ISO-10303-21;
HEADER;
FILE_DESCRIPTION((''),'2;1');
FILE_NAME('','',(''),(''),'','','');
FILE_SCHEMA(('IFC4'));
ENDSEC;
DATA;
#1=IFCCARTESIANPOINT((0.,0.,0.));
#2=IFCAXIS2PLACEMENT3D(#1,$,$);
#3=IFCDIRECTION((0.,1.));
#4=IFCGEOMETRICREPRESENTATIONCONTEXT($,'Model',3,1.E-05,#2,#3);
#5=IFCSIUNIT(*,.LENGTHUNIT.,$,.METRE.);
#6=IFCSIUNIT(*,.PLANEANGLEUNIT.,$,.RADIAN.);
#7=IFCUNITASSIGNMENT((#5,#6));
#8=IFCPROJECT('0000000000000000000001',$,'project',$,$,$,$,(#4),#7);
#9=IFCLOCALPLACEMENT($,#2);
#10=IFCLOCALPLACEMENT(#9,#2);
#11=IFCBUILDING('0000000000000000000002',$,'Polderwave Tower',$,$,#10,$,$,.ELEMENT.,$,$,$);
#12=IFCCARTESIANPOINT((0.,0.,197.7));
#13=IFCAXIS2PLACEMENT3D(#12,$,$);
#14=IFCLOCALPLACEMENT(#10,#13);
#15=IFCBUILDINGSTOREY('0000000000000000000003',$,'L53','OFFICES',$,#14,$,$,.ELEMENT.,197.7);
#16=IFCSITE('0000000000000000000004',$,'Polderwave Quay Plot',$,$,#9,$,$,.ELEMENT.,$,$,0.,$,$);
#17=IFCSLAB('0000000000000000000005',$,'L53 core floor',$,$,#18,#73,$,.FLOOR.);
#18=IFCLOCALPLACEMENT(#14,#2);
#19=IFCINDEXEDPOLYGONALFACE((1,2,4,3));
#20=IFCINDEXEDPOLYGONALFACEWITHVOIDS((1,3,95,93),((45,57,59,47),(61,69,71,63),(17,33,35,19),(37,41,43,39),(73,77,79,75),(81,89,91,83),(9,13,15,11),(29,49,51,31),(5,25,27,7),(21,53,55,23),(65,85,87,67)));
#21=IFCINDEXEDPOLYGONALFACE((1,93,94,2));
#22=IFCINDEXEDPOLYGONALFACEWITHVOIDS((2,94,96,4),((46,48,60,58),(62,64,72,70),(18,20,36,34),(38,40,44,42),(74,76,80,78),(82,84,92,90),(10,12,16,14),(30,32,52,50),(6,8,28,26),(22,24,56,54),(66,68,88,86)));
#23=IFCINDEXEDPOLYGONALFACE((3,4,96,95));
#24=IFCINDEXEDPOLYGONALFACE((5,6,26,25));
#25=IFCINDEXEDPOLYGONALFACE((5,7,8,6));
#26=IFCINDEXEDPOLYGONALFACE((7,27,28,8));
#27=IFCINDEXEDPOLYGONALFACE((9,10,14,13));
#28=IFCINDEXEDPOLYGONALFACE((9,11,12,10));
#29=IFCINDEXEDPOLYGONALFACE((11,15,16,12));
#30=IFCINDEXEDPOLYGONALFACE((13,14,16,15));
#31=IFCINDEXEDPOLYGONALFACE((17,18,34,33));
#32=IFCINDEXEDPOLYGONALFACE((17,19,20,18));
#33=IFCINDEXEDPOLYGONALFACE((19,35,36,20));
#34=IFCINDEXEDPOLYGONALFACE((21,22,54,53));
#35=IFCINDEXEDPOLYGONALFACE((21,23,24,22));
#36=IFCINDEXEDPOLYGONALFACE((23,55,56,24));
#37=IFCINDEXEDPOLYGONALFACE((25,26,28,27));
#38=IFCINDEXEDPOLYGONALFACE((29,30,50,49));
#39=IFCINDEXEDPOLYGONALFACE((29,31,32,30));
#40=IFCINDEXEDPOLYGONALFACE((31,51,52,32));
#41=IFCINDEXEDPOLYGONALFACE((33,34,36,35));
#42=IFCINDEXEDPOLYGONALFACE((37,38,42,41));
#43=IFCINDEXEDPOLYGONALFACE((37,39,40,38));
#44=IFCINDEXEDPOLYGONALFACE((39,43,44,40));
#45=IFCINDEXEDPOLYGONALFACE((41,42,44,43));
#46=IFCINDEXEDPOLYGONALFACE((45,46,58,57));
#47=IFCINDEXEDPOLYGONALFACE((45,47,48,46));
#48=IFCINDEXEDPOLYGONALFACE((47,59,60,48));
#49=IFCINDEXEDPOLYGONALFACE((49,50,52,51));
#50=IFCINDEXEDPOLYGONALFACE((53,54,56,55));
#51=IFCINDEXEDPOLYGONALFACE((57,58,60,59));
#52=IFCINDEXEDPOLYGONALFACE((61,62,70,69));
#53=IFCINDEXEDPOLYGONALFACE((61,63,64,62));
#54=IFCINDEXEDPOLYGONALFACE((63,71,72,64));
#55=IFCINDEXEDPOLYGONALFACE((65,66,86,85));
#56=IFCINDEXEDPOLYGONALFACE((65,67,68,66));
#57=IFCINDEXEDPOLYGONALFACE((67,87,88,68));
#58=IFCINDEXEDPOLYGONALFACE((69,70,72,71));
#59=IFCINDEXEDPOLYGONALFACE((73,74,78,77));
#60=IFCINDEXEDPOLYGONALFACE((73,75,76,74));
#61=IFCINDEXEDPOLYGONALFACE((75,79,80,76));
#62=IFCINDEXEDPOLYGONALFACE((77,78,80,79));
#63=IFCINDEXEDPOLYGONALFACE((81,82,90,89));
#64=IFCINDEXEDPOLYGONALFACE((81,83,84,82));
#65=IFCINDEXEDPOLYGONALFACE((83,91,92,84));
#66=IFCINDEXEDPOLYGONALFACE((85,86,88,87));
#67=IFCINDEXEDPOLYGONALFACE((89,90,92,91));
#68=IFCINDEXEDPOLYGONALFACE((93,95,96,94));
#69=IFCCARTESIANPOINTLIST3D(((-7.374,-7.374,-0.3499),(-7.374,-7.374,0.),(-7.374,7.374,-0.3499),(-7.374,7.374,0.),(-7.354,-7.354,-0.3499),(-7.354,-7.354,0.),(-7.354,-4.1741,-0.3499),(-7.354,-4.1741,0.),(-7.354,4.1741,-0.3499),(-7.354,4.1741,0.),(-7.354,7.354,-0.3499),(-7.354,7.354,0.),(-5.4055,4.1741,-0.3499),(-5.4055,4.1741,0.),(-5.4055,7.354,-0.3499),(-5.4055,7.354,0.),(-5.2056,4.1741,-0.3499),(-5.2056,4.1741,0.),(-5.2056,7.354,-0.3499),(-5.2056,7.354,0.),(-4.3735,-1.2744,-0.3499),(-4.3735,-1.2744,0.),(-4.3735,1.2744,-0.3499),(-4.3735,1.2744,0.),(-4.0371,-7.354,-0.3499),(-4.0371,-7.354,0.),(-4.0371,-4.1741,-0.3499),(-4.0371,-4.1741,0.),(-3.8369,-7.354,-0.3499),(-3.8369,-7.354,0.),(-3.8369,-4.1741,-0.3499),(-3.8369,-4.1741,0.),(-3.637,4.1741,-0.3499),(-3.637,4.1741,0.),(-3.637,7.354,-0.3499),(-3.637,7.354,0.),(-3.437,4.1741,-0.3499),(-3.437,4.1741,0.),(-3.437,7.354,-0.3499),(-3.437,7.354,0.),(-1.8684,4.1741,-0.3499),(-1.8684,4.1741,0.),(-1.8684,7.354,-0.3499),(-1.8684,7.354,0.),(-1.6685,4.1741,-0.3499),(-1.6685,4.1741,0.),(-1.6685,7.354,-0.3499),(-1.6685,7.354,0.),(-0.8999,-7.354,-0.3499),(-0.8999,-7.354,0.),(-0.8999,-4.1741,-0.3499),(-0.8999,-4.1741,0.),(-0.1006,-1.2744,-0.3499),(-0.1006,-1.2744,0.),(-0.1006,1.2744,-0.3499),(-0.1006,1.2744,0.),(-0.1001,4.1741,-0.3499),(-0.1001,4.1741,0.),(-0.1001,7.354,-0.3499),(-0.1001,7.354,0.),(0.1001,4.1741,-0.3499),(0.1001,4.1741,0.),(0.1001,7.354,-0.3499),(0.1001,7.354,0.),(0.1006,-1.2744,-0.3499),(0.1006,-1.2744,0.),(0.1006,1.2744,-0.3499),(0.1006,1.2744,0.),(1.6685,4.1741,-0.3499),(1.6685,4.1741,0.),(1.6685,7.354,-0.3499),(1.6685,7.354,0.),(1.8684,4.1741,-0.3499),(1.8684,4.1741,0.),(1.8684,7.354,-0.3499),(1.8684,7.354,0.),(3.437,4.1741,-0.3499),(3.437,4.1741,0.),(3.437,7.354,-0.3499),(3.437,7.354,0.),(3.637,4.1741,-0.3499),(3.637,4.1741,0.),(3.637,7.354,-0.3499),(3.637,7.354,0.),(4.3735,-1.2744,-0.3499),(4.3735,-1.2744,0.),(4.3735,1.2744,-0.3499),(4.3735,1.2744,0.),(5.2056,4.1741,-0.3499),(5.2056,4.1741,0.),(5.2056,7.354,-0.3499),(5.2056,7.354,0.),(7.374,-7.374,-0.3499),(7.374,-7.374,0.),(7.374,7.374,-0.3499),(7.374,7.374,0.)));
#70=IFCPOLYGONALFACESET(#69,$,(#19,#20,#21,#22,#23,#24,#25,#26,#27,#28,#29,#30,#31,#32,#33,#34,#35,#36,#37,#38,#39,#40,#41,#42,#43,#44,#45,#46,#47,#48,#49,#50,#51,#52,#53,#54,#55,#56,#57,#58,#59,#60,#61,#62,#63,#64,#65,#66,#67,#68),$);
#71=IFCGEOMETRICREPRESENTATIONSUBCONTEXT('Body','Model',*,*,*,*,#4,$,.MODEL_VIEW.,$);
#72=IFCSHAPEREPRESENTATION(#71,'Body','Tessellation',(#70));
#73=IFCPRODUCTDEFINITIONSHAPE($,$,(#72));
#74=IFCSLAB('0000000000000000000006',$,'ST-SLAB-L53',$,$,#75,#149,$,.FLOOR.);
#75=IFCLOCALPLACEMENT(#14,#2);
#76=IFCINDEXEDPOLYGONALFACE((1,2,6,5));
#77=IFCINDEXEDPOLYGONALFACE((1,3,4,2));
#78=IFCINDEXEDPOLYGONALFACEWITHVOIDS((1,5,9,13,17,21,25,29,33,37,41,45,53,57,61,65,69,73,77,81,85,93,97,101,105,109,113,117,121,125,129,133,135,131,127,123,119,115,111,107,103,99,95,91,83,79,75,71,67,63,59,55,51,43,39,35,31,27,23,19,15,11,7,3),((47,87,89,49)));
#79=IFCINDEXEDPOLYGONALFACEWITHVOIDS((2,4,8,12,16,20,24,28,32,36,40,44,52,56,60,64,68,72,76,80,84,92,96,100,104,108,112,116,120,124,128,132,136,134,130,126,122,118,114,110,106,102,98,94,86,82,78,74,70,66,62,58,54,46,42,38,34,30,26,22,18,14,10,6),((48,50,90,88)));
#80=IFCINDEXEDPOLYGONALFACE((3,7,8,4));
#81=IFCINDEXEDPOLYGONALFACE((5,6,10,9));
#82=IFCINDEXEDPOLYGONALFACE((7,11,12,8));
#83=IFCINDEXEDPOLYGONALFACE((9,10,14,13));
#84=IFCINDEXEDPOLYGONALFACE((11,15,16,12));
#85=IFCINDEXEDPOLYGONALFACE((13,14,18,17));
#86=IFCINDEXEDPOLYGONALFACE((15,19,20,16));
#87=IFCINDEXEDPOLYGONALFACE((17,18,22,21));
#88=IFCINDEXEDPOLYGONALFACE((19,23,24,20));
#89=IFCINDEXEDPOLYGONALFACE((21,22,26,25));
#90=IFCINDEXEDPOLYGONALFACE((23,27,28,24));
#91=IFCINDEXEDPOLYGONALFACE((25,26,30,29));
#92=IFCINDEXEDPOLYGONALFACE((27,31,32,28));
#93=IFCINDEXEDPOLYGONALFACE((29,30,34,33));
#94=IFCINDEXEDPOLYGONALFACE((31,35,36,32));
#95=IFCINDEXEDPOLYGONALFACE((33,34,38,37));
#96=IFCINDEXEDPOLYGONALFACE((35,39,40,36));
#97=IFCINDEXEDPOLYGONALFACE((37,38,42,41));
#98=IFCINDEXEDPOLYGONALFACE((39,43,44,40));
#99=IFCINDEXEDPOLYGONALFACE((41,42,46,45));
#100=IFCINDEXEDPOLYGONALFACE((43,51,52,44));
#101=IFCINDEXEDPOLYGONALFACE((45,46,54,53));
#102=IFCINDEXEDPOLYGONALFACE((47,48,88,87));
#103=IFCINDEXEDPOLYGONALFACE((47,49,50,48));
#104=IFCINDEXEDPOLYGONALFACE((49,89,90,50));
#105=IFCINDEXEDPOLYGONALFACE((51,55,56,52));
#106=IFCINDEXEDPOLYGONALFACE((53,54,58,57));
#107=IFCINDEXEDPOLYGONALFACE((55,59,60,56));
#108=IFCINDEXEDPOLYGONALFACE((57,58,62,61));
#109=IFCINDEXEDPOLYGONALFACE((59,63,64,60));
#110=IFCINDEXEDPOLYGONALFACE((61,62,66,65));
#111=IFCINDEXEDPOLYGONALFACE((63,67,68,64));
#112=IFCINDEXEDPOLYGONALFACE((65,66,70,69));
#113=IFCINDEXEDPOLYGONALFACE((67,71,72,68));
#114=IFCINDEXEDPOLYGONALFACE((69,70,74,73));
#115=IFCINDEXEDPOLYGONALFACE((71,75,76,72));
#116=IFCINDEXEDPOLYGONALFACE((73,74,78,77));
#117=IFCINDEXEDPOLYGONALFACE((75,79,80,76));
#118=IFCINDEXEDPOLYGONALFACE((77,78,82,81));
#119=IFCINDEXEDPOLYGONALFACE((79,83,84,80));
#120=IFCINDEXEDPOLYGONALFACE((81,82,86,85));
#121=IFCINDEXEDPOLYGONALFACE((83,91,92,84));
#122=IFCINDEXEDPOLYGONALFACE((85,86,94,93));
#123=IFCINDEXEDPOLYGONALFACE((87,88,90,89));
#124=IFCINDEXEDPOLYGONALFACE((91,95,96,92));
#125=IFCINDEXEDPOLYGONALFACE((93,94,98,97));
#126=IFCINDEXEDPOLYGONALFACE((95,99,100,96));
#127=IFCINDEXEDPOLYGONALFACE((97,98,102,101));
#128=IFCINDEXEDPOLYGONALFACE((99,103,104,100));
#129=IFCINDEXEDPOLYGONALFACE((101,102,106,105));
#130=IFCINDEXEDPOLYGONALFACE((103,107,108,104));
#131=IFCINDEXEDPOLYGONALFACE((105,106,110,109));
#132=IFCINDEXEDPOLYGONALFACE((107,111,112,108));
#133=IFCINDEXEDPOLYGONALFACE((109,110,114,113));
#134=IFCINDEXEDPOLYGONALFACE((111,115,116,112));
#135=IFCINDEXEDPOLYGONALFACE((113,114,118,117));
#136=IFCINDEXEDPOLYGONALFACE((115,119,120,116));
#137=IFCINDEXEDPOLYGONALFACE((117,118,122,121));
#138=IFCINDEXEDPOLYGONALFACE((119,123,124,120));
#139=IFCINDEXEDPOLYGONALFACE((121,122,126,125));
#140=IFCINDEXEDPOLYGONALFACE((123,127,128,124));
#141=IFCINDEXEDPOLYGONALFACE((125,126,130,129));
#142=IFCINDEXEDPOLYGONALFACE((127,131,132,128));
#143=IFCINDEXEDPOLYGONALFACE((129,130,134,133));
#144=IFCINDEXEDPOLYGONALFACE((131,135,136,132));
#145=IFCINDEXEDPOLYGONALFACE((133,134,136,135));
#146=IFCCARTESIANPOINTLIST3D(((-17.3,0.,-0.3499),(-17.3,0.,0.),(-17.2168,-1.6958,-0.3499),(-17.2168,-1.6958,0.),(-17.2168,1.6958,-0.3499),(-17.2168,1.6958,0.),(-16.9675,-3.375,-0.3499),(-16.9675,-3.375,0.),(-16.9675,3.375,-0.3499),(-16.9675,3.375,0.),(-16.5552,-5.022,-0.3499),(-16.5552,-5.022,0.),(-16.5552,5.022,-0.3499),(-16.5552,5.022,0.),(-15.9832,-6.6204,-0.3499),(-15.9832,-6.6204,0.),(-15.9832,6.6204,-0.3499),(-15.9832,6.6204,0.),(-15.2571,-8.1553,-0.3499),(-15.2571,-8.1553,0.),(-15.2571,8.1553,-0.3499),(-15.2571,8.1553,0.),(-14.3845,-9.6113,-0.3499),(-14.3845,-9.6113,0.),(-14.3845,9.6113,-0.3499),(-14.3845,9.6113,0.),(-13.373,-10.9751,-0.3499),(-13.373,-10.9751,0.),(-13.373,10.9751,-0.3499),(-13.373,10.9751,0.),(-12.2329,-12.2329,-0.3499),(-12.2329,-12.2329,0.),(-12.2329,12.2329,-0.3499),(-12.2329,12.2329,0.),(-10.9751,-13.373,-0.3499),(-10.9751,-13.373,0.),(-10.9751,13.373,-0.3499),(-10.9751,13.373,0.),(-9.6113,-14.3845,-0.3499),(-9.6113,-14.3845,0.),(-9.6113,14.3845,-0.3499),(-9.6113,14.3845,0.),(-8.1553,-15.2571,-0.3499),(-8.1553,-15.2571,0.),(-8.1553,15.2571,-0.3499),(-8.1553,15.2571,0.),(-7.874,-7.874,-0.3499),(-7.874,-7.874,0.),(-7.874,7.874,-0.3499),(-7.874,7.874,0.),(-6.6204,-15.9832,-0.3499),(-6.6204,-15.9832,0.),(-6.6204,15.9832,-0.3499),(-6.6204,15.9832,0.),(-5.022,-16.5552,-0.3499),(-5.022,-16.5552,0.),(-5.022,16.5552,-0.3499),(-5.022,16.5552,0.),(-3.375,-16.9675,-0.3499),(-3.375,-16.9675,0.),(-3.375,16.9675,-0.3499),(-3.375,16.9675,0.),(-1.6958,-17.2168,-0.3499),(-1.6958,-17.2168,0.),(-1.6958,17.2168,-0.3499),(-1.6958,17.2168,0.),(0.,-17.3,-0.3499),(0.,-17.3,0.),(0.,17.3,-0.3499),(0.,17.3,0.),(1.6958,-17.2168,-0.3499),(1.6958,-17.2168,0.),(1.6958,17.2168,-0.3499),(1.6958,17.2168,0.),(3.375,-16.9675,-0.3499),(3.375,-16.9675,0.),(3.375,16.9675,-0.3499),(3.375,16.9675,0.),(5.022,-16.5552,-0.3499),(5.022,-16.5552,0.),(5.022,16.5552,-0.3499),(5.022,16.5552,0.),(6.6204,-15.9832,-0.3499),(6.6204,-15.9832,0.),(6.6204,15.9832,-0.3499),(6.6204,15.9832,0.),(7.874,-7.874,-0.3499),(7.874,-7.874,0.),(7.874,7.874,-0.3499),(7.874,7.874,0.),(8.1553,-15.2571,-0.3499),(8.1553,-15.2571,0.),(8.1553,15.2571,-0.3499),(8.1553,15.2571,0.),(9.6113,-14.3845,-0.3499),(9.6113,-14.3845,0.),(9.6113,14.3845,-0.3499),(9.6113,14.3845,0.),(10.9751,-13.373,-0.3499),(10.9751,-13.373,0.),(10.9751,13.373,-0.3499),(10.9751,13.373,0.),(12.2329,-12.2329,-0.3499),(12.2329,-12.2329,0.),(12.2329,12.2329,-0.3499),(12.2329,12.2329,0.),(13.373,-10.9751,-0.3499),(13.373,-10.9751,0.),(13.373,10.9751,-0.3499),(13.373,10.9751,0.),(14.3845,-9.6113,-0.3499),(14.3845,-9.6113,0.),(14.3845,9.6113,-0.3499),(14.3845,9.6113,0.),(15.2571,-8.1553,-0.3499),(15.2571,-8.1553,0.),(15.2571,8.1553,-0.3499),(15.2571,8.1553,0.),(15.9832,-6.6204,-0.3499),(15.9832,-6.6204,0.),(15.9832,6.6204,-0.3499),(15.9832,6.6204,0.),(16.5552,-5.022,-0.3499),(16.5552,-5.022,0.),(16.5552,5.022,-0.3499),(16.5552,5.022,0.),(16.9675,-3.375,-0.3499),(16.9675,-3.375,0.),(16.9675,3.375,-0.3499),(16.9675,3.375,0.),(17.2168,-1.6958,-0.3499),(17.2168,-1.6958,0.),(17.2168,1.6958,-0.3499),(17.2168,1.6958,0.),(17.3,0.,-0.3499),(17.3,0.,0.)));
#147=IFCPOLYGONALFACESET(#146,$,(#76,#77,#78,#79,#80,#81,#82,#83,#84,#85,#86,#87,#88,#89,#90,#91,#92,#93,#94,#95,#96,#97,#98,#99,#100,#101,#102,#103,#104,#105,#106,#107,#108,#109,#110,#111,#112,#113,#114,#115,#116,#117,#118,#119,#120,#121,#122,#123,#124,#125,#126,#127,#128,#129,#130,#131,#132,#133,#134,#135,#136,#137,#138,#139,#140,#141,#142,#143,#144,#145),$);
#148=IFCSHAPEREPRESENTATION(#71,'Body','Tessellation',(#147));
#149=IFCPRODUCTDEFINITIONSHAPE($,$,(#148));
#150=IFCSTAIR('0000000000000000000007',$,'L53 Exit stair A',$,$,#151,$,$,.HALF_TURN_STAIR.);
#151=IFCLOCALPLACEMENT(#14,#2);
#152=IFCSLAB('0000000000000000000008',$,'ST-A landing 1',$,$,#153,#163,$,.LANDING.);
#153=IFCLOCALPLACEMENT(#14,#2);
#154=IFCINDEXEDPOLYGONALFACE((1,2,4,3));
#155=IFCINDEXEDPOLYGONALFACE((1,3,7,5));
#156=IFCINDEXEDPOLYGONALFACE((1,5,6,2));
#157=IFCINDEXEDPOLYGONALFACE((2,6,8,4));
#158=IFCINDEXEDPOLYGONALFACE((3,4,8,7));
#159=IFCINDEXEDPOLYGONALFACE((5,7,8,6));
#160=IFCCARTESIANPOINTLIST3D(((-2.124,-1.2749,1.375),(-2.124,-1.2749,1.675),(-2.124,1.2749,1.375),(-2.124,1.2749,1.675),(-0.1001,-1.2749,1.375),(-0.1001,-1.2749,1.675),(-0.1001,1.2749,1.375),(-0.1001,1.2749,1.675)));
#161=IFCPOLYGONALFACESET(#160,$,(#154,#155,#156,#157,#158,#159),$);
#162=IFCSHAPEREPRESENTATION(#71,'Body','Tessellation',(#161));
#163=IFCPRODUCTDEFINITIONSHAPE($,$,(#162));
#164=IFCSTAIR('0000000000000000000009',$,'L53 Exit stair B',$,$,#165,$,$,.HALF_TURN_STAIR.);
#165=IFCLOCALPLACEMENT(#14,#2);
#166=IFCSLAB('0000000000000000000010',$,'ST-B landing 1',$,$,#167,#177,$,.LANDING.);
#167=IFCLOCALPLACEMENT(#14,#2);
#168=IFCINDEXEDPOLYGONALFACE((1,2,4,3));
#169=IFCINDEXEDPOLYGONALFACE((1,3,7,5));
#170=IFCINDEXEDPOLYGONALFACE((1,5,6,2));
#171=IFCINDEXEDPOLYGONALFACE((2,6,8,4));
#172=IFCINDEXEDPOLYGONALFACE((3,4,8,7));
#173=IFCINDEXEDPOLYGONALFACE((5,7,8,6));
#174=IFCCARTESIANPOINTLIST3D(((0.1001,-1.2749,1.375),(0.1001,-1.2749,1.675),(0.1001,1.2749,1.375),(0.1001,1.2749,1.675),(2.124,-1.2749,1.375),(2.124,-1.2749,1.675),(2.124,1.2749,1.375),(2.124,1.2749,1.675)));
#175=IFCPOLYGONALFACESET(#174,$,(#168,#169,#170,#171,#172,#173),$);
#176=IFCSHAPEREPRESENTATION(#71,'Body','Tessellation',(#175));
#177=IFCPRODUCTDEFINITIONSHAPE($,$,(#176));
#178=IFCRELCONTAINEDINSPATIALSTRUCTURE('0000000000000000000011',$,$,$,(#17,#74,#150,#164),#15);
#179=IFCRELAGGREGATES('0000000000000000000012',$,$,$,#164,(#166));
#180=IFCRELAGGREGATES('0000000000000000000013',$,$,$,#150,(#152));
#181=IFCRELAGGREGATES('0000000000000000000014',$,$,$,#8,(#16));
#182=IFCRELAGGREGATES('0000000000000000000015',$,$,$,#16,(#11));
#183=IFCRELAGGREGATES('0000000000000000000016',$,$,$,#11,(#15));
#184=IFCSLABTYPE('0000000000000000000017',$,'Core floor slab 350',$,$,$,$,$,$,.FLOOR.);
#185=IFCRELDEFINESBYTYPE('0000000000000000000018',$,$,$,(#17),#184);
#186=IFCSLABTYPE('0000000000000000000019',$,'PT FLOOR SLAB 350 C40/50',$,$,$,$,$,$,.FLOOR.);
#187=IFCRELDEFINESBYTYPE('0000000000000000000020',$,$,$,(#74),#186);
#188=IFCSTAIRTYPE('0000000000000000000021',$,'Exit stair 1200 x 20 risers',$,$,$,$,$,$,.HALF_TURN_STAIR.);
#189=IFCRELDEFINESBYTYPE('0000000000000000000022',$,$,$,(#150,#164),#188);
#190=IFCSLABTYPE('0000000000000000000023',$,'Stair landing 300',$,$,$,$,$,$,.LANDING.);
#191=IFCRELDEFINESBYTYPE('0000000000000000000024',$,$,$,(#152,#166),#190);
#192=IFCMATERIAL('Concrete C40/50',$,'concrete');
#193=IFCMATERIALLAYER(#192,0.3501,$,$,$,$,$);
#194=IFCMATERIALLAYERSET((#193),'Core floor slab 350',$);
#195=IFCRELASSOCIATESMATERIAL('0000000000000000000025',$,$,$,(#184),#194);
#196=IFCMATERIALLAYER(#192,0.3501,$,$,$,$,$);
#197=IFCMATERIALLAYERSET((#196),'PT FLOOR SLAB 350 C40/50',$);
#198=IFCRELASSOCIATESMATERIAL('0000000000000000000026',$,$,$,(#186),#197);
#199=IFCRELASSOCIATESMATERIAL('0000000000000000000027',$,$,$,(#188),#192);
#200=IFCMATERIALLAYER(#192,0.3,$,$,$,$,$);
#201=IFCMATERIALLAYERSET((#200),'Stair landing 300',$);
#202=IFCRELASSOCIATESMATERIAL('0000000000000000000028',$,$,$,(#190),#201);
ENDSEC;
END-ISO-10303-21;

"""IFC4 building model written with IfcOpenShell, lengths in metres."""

from ifc_helpers import new_model, si_unit, direction, frame, origin, place, context, subcontext, project, spatial, polyline, outline, extrude, material, layer, layer_set, type_object, element, aggregate, save


model = new_model("IFC4")

# Units and contexts
model_context = context("Model", 3, precision=1e-05, world=origin(), true_north=direction((0.0, 1.0)))
body_context = subcontext(model_context, "Body", "Model", "MODEL_VIEW")
ifc_project = project(units=[si_unit("LENGTHUNIT", "METRE"), si_unit("PLANEANGLEUNIT", "RADIAN")], contexts=[model_context])

# Site, building, storey
site_placement = place(None, origin())
site = spatial("IfcSite", under=ifc_project, at=site_placement, Name="Polderwave Quay Plot", CompositionType="ELEMENT", RefElevation=0.0)
building_placement = place(site_placement, origin())
building = spatial("IfcBuilding", under=site, at=building_placement, Name="Polderwave Tower", CompositionType="ELEMENT")
storey_placement = place(building_placement, frame((0.0, 0.0, 197.7)))
storey = spatial("IfcBuildingStorey", under=building, at=storey_placement, Name="L53", Description="OFFICES", CompositionType="ELEMENT", Elevation=197.7)

# Slabs
ifc_material_1 = material(Name="Concrete C40/50", Category="concrete")
ifc_layer_1 = layer(ifc_material_1, 0.3501)
ifc_layer_set_1 = layer_set([ifc_layer_1], Name="Core floor slab 350")
slab_type_1 = type_object("IfcSlabType", Name="Core floor slab 350", PredefinedType="FLOOR", material=ifc_layer_set_1)
slab_1_placement = place(storey_placement, frame((0.0, 0.0, -0.3499)))
element("IfcSlab", 1, at=slab_1_placement, inside=storey, type_object=slab_type_1, Name="L53 core floor", PredefinedType="FLOOR", context=body_context, shape_type="SweptSolid", body=[
    extrude(outline(polyline([(-7.374, -7.374), (7.374, -7.374), (7.374, 7.374), (-7.374, 7.374), (-7.374, -7.374)]), holes=[polyline([(-7.354, -7.354), (-4.0371, -7.354), (-4.0371, -4.1741), (-7.354, -4.1741), (-7.354, -7.354)]), polyline([(-3.8369, -7.354), (-0.8999, -7.354), (-0.8999, -4.1741), (-3.8369, -4.1741), (-3.8369, -7.354)]), polyline([(-7.354, 4.1741), (-5.4055, 4.1741), (-5.4055, 7.354), (-7.354, 7.354), (-7.354, 4.1741)]), polyline([(-5.2056, 4.1741), (-3.637, 4.1741), (-3.637, 7.354), (-5.2056, 7.354), (-5.2056, 4.1741)]), polyline([(-3.437, 4.1741), (-1.8684, 4.1741), (-1.8684, 7.354), (-3.437, 7.354), (-3.437, 4.1741)]), polyline([(-1.6685, 4.1741), (-0.1001, 4.1741), (-0.1001, 7.354), (-1.6685, 7.354), (-1.6685, 4.1741)]), polyline([(0.1001, 4.1741), (1.6685, 4.1741), (1.6685, 7.354), (0.1001, 7.354), (0.1001, 4.1741)]), polyline([(1.8684, 4.1741), (3.437, 4.1741), (3.437, 7.354), (1.8684, 7.354), (1.8684, 4.1741)]), polyline([(3.637, 4.1741), (5.2056, 4.1741), (5.2056, 7.354), (3.637, 7.354), (3.637, 4.1741)]), polyline([(-4.3735, -1.2744), (-0.1006, -1.2744), (-0.1006, 1.2744), (-4.3735, 1.2744), (-4.3735, -1.2744)]), polyline([(0.1006, -1.2744), (4.3735, -1.2744), (4.3735, 1.2744), (0.1006, 1.2744), (0.1006, -1.2744)])]), origin(), (0.0, 0.0, 1.0), 0.3499),
])
ifc_layer_2 = layer(ifc_material_1, 0.3501)
ifc_layer_set_2 = layer_set([ifc_layer_2], Name="PT FLOOR SLAB 350 C40/50")
slab_type_2 = type_object("IfcSlabType", Name="PT FLOOR SLAB 350 C40/50", PredefinedType="FLOOR", material=ifc_layer_set_2)
slab_2_placement = place(storey_placement, frame((0.0, 0.0, -0.3499)))
element("IfcSlab", 2, at=slab_2_placement, inside=storey, type_object=slab_type_2, Name="ST-SLAB-L53", PredefinedType="FLOOR", context=body_context, shape_type="SweptSolid", body=[
    extrude(outline(polyline([(17.3, 0.0), (17.2168, 1.6958), (16.9675, 3.375), (16.5552, 5.022), (15.9832, 6.6204), (15.2571, 8.1553), (14.3845, 9.6113), (13.373, 10.9751), (12.2329, 12.2329), (10.9751, 13.373), (9.6113, 14.3845), (8.1553, 15.2571), (6.6204, 15.9832), (5.022, 16.5552), (3.375, 16.9675), (1.6958, 17.2168), (0.0, 17.3), (-1.6958, 17.2168), (-3.375, 16.9675), (-5.022, 16.5552), (-6.6204, 15.9832), (-8.1553, 15.2571), (-9.6113, 14.3845), (-10.9751, 13.373), (-12.2329, 12.2329), (-13.373, 10.9751), (-14.3845, 9.6113), (-15.2571, 8.1553), (-15.9832, 6.6204), (-16.5552, 5.022), (-16.9675, 3.375), (-17.2168, 1.6958), (-17.3, 0.0), (-17.2168, -1.6958), (-16.9675, -3.375), (-16.5552, -5.022), (-15.9832, -6.6204), (-15.2571, -8.1553), (-14.3845, -9.6113), (-13.373, -10.9751), (-12.2329, -12.2329), (-10.9751, -13.373), (-9.6113, -14.3845), (-8.1553, -15.2571), (-6.6204, -15.9832), (-5.022, -16.5552), (-3.375, -16.9675), (-1.6958, -17.2168), (0.0, -17.3), (1.6958, -17.2168), (3.375, -16.9675), (5.022, -16.5552), (6.6204, -15.9832), (8.1553, -15.2571), (9.6113, -14.3845), (10.9751, -13.373), (12.2329, -12.2329), (13.373, -10.9751), (14.3845, -9.6113), (15.2571, -8.1553), (15.9832, -6.6204), (16.5552, -5.022), (16.9675, -3.375), (17.2168, -1.6958), (17.3, 0.0)]), holes=[polyline([(-7.874, -7.874), (7.874, -7.874), (7.874, 7.874), (-7.874, 7.874), (-7.874, -7.874)])]), origin(), (0.0, 0.0, 1.0), 0.3499),
])

# Stairs, slabs
stair_type = type_object("IfcStairType", Name="Exit stair 1200 x 20 risers", PredefinedType="HALF_TURN_STAIR", material=ifc_material_1)
stair_1_placement = place(storey_placement, origin())
stair_1 = element("IfcStair", 3, at=stair_1_placement, inside=storey, type_object=stair_type, Name="L53 Exit stair A", PredefinedType="HALF_TURN_STAIR")
ifc_layer_3 = layer(ifc_material_1, 0.3)
ifc_layer_set_3 = layer_set([ifc_layer_3], Name="Stair landing 300")
slab_type_3 = type_object("IfcSlabType", Name="Stair landing 300", PredefinedType="LANDING", material=ifc_layer_set_3)
slab_3_placement = place(storey_placement, frame((0.0, 0.0, 1.375)))
slab_3 = element("IfcSlab", 4, at=slab_3_placement, type_object=slab_type_3, Name="ST-A landing 1", PredefinedType="LANDING", context=body_context, shape_type="SweptSolid", body=[
    extrude(outline(polyline([(-2.124, -1.2749), (-0.1001, -1.2749), (-0.1001, 1.2749), (-2.124, 1.2749), (-2.124, -1.2749)])), origin(), (0.0, 0.0, 1.0), 0.3),
])
stair_2_placement = place(storey_placement, origin())
stair_2 = element("IfcStair", 5, at=stair_2_placement, inside=storey, type_object=stair_type, Name="L53 Exit stair B", PredefinedType="HALF_TURN_STAIR")
slab_4_placement = place(storey_placement, frame((0.0, 0.0, 1.375)))
slab_4 = element("IfcSlab", 6, at=slab_4_placement, type_object=slab_type_3, Name="ST-B landing 1", PredefinedType="LANDING", context=body_context, shape_type="SweptSolid", body=[
    extrude(outline(polyline([(2.124, 1.2749), (0.1001, 1.2749), (0.1001, -1.2749), (2.124, -1.2749), (2.124, 1.2749)])), origin(), (0.0, 0.0, 1.0), 0.3),
])
aggregate(stair_2, [slab_4])

aggregate(stair_1, [slab_3])

save(model, "model.ifc")
